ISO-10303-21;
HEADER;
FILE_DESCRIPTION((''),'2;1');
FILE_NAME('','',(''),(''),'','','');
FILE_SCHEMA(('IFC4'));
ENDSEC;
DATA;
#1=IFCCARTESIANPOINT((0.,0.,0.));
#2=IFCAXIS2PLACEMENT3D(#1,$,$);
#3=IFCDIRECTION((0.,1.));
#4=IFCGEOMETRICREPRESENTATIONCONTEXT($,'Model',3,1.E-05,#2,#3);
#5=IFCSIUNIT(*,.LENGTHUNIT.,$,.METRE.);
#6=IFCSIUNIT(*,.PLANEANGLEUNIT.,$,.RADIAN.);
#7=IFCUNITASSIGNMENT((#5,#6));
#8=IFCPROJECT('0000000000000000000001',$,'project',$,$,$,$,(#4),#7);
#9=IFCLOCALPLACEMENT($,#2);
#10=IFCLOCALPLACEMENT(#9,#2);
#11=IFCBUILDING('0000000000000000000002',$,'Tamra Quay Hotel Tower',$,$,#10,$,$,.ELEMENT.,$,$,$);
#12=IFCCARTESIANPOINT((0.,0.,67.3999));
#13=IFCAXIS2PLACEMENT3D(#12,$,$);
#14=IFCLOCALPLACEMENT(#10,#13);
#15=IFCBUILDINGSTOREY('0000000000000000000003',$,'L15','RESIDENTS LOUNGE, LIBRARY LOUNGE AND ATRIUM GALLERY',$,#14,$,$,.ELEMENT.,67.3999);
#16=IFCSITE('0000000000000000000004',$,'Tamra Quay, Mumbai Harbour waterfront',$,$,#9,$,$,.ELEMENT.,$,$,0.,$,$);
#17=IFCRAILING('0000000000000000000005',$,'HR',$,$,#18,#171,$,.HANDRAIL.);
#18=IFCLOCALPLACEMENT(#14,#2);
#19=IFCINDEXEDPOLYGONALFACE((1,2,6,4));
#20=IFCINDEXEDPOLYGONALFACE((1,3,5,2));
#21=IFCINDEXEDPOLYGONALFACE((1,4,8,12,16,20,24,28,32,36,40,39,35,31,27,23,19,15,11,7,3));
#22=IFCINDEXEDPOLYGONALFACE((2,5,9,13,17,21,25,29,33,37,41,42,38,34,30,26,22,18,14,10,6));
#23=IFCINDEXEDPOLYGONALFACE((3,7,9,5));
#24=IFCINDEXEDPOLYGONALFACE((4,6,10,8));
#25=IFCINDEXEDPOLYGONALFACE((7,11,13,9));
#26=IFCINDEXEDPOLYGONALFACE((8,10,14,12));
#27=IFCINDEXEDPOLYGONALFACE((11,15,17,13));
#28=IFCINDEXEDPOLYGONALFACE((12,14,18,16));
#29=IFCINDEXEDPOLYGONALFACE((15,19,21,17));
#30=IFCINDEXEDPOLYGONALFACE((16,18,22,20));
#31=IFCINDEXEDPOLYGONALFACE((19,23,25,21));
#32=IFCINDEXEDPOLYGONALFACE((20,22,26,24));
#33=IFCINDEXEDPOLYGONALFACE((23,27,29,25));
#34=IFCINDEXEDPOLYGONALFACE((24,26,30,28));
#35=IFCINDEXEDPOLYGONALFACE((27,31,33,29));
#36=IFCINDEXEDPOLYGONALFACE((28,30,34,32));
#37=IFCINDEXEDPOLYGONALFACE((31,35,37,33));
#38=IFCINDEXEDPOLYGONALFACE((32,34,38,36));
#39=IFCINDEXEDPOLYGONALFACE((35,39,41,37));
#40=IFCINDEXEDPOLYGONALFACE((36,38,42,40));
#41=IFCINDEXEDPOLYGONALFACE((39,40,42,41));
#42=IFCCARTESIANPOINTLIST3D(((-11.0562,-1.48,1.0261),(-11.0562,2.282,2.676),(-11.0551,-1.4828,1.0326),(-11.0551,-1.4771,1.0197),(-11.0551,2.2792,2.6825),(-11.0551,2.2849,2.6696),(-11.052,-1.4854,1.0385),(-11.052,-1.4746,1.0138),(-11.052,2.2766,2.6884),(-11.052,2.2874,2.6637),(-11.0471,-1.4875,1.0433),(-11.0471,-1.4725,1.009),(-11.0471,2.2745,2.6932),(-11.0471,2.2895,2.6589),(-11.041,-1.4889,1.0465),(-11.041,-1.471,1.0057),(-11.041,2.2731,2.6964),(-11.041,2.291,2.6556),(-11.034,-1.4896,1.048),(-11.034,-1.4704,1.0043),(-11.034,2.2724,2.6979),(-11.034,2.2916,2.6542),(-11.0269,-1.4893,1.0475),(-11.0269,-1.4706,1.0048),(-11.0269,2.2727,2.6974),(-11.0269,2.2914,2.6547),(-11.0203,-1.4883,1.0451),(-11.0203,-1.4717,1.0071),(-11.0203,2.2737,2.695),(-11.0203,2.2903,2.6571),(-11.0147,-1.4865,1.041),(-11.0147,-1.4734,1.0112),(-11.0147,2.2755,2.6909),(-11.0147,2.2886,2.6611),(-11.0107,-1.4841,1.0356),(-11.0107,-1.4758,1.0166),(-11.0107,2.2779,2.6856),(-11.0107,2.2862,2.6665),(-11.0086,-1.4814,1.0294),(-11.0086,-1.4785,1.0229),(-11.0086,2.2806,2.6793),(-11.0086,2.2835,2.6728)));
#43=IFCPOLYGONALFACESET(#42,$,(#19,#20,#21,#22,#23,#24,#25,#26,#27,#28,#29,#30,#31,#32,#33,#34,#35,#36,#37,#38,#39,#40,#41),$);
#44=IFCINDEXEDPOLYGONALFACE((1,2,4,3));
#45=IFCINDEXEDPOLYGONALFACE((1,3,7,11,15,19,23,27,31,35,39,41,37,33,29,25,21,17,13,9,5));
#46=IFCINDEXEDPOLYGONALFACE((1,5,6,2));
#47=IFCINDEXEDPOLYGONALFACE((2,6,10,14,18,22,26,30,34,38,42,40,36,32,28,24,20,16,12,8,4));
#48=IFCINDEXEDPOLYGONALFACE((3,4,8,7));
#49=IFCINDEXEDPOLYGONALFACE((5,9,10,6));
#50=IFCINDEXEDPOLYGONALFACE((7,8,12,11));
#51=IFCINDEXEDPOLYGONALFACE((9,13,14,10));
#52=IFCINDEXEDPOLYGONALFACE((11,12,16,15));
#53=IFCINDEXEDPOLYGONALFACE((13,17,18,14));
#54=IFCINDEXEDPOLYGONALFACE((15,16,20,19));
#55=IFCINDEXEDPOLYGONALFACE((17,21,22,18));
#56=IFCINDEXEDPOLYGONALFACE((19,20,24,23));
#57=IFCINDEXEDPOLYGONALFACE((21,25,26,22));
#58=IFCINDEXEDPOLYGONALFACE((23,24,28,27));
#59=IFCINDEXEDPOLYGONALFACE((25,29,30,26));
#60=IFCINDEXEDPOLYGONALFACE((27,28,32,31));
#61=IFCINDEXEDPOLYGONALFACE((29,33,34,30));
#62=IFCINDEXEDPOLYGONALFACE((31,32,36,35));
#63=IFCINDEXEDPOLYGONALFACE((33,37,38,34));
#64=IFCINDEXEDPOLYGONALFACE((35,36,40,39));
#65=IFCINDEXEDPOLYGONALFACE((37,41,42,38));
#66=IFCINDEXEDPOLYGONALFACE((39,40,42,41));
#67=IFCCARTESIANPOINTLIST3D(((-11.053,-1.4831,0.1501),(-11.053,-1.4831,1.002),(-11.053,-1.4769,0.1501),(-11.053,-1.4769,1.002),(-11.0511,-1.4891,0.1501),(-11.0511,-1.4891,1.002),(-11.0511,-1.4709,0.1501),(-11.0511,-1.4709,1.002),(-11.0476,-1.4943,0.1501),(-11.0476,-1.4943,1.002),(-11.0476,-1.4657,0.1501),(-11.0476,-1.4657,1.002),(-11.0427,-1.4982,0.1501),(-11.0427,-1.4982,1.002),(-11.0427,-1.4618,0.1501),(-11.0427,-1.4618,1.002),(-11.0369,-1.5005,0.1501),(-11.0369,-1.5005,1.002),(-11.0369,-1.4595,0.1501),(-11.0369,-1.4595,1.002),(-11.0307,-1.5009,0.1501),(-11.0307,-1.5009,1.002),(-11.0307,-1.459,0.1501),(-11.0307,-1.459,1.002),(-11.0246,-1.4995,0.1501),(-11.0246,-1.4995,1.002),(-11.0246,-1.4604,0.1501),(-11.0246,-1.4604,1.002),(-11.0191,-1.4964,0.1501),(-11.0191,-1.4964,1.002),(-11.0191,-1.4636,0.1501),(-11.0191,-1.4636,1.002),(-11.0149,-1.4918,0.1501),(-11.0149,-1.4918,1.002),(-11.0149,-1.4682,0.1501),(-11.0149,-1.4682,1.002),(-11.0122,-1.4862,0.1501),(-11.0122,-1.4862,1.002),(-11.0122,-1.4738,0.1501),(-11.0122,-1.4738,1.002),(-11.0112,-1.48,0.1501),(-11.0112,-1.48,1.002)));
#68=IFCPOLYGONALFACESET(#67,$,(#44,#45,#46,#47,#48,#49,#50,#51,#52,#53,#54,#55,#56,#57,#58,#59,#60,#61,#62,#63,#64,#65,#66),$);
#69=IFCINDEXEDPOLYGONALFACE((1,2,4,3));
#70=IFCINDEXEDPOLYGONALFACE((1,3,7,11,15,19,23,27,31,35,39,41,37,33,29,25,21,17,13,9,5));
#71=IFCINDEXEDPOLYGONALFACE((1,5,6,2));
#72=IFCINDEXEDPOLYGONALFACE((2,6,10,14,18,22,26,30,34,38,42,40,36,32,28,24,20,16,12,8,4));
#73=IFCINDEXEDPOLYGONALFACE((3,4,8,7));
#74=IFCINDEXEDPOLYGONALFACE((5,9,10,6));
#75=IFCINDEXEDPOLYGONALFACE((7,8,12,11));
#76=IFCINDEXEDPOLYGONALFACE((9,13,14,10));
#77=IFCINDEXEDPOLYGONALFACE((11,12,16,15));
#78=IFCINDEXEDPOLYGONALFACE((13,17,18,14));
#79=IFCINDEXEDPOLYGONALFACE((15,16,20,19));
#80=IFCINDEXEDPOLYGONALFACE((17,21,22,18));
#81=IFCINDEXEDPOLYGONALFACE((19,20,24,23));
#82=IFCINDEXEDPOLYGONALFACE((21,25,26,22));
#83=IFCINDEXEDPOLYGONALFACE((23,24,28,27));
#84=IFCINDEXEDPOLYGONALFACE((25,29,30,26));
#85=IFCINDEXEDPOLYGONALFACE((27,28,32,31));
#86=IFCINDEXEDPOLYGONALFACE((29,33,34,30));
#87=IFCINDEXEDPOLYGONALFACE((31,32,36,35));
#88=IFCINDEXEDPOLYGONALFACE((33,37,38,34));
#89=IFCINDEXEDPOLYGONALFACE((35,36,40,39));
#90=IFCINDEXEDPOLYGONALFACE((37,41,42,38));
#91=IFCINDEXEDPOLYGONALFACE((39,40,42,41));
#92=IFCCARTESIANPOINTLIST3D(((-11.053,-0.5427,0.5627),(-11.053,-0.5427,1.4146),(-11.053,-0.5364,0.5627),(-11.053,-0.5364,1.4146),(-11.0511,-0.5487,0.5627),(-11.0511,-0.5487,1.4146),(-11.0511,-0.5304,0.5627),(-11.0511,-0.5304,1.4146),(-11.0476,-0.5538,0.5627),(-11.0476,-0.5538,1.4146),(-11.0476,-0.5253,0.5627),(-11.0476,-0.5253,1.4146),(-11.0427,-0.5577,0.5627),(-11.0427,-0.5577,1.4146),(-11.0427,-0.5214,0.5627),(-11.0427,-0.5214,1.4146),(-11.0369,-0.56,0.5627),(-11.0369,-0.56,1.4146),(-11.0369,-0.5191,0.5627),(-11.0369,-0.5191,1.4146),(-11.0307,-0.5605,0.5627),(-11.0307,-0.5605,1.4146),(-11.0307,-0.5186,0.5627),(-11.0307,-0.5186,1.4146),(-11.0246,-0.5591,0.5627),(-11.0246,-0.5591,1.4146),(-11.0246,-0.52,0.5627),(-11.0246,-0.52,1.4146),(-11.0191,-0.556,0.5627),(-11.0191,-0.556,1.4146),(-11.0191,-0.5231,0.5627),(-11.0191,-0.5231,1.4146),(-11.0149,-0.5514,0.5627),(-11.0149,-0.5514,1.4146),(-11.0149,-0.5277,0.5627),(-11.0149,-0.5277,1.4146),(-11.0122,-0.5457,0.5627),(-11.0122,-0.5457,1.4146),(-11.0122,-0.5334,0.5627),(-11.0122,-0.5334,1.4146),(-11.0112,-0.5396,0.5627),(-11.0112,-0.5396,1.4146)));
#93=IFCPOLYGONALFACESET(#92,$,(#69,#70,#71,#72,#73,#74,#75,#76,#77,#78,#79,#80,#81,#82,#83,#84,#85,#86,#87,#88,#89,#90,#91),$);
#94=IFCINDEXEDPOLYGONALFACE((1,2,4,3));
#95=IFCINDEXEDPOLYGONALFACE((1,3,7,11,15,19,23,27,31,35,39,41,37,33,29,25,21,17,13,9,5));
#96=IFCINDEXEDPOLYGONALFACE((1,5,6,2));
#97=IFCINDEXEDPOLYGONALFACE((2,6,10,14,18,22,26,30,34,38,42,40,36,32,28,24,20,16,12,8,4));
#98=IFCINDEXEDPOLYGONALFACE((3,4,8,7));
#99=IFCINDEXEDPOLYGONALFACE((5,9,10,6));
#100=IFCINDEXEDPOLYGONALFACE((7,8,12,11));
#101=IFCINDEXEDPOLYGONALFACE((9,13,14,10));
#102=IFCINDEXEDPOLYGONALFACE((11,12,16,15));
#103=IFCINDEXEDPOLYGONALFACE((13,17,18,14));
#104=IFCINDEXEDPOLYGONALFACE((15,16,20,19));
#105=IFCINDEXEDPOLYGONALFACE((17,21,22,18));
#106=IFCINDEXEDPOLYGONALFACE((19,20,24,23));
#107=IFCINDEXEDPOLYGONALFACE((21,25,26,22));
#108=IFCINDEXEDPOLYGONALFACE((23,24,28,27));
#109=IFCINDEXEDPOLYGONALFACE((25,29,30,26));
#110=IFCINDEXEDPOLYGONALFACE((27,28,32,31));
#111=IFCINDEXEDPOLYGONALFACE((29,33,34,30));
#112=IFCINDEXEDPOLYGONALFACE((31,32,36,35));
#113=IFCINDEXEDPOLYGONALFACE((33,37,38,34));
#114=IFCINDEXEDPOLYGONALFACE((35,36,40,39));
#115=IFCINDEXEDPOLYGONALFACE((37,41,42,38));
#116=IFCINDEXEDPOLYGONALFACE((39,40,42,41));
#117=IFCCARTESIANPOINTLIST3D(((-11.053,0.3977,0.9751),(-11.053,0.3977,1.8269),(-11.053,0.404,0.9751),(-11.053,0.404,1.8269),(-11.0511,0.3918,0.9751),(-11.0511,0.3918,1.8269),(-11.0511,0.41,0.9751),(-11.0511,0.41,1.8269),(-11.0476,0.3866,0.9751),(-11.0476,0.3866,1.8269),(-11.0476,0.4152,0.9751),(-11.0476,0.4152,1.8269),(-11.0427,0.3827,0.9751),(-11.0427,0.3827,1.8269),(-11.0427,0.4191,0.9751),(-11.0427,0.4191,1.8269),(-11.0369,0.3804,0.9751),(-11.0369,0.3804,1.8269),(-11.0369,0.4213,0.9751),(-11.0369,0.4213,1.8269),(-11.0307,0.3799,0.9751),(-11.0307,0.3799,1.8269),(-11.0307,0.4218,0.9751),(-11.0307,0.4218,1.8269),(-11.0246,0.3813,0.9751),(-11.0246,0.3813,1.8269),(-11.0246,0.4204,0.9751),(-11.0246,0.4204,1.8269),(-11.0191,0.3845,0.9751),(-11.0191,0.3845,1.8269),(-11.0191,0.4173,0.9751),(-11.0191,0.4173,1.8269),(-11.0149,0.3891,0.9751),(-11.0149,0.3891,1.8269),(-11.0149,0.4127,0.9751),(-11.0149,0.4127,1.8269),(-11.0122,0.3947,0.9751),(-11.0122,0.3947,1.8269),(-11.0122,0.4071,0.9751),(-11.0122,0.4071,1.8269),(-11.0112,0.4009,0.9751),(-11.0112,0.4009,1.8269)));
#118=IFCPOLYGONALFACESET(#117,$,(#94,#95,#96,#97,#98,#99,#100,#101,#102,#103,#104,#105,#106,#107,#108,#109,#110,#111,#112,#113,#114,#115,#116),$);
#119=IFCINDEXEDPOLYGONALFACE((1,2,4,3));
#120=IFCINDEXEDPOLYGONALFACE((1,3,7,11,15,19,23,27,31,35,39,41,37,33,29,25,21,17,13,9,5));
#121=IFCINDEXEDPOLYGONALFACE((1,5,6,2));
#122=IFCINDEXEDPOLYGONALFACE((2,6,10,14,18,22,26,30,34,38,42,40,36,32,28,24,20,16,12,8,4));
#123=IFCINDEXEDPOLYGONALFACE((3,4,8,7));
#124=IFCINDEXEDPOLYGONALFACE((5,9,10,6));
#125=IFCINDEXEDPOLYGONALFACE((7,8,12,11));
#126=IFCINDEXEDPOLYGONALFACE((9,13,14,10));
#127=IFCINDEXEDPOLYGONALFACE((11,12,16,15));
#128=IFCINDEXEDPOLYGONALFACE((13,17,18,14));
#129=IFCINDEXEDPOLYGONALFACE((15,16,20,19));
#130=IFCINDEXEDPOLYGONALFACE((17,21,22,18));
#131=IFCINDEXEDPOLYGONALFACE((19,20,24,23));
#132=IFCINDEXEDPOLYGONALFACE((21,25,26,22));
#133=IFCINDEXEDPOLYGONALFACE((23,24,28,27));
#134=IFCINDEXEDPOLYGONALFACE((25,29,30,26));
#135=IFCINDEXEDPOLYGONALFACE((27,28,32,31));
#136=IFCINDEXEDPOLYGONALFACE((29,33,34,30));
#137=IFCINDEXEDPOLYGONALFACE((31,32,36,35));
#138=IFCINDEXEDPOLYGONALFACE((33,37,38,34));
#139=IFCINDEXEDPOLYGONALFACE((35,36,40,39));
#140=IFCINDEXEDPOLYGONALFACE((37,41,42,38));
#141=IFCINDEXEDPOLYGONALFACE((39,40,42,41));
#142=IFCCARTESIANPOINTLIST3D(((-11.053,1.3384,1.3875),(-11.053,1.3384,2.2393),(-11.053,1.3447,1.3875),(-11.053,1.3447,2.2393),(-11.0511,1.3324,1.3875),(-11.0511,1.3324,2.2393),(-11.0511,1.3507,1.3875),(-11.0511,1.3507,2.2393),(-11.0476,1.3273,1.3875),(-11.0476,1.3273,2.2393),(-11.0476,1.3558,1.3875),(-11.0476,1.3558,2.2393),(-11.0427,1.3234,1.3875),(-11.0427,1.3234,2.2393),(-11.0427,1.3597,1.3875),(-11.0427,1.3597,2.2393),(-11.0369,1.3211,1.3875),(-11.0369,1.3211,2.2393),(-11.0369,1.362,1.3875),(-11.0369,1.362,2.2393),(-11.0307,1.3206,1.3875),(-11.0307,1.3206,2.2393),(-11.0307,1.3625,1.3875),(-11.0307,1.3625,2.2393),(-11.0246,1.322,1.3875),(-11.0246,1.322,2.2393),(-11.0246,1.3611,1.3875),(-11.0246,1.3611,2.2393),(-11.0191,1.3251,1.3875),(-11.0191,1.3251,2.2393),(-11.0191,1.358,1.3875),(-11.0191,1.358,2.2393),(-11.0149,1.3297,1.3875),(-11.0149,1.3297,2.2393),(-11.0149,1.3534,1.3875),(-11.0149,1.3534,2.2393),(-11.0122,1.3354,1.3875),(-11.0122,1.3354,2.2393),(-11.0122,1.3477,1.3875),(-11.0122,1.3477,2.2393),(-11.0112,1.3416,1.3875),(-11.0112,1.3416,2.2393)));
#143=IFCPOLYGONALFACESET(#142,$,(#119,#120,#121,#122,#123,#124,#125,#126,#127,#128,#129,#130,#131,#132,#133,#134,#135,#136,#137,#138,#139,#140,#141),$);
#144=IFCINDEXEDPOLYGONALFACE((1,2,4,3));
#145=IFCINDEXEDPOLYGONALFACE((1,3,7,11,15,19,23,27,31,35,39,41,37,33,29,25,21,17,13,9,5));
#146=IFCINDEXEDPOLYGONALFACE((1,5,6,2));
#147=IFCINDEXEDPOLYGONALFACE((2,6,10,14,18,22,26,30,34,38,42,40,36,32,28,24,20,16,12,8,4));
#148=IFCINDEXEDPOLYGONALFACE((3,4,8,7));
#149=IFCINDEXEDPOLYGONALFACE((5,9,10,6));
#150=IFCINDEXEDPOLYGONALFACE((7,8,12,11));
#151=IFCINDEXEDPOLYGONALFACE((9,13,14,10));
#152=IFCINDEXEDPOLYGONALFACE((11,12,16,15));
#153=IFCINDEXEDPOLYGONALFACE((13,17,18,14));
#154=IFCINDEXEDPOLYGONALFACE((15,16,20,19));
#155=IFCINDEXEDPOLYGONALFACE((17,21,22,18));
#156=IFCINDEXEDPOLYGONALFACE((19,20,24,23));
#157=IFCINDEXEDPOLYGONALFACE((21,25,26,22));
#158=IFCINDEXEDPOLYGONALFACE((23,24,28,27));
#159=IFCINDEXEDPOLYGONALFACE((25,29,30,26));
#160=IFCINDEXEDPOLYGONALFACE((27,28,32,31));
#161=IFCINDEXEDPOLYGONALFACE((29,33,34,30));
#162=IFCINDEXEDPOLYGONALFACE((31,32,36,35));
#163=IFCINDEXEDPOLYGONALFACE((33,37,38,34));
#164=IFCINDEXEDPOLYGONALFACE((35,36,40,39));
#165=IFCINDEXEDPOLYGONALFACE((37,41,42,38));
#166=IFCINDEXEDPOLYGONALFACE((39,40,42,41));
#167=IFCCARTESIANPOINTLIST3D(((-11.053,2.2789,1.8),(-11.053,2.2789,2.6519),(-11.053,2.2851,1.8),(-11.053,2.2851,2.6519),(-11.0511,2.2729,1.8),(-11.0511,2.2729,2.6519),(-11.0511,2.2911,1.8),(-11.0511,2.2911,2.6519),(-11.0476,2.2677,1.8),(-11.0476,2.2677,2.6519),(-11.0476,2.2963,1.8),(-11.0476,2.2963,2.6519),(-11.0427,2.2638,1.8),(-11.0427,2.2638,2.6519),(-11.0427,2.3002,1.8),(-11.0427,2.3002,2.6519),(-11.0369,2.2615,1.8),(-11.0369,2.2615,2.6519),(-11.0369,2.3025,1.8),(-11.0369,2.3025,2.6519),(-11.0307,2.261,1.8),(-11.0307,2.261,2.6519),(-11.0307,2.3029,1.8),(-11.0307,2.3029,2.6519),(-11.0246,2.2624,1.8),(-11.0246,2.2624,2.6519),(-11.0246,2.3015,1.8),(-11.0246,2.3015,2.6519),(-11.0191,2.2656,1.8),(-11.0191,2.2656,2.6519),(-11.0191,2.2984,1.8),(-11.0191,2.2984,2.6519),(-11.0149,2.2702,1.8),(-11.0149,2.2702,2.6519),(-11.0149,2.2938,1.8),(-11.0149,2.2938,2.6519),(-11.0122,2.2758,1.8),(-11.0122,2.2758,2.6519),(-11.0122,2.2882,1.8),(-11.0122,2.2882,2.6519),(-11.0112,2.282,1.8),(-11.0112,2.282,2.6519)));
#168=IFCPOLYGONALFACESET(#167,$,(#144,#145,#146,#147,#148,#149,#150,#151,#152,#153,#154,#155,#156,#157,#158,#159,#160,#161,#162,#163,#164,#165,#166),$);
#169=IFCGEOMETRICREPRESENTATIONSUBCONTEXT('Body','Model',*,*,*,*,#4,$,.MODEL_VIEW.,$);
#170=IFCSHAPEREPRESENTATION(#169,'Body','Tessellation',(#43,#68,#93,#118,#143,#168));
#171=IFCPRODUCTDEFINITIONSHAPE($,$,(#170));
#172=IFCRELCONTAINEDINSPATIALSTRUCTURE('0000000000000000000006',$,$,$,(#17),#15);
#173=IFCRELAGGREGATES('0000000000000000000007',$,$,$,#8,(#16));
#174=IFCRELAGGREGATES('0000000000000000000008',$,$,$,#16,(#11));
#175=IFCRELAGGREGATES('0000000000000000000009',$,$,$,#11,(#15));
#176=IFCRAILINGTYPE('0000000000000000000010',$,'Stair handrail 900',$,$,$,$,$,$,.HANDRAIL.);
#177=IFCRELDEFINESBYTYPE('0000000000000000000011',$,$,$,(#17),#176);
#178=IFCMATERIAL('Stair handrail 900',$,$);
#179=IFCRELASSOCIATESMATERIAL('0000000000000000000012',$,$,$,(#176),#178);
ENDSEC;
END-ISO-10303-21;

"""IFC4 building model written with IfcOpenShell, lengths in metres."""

from ifc_helpers import new_model, si_unit, direction, frame, origin, origin_2d, place, context, subcontext, project, spatial, circle, extrude, material, type_object, element, save


model = new_model("IFC4")

# Units and contexts
model_context = context("Model", 3, precision=1e-05, world=origin(), true_north=direction((0.0, 1.0)))
body_context = subcontext(model_context, "Body", "Model", "MODEL_VIEW")
ifc_project = project(units=[si_unit("LENGTHUNIT", "METRE"), si_unit("PLANEANGLEUNIT", "RADIAN")], contexts=[model_context])

# Site, building, storey
site_placement = place(None, origin())
site = spatial("IfcSite", under=ifc_project, at=site_placement, Name="Tamra Quay, Mumbai Harbour waterfront", CompositionType="ELEMENT", RefElevation=0.0)
building_placement = place(site_placement, origin())
building = spatial("IfcBuilding", under=site, at=building_placement, Name="Tamra Quay Hotel Tower", CompositionType="ELEMENT")
storey_placement = place(building_placement, frame((0.0, 0.0, 67.3999)))
storey = spatial("IfcBuildingStorey", under=building, at=storey_placement, Name="L15", Description="RESIDENTS LOUNGE, LIBRARY LOUNGE AND ATRIUM GALLERY", CompositionType="ELEMENT", Elevation=67.3999)

# Railing
ifc_material_1 = material(Name="Stair handrail 900")
railing_type = type_object("IfcRailingType", Name="Stair handrail 900", PredefinedType="HANDRAIL", material=ifc_material_1)
railing_placement = place(storey_placement, frame((-11.0322, -1.48, 0.1501)))
element("IfcRailing", 1, at=railing_placement, inside=storey, type_object=railing_type, Name="HR", PredefinedType="HANDRAIL", context=body_context, shape_type="SweptSolid", body=[
    extrude(circle(Radius=0.0239, at=origin_2d()), frame((0.0, 0.0, 0.876), z_axis=(0.0, 0.915795, 0.401645), x_axis=(-1.0, 0.0, 0.0)), (0.0, 0.0, 1.0), 4.1079),
    extrude(circle(Radius=0.021, at=origin_2d()), origin(), (0.0, 0.0, 1.0), 0.8518),
    extrude(circle(Radius=0.021, at=origin_2d()), frame((0.0, 0.9404, 0.4126)), (0.0, 0.0, 1.0), 0.8518),
    extrude(circle(Radius=0.021, at=origin_2d()), frame((0.0, 1.8809, 0.825)), (0.0, 0.0, 1.0), 0.8518),
    extrude(circle(Radius=0.021, at=origin_2d()), frame((0.0, 2.8215, 1.2373)), (0.0, 0.0, 1.0), 0.8518),
    extrude(circle(Radius=0.021, at=origin_2d()), frame((0.0, 3.762, 1.6499)), (0.0, 0.0, 1.0), 0.8518),
])

save(model, "model.ifc")
